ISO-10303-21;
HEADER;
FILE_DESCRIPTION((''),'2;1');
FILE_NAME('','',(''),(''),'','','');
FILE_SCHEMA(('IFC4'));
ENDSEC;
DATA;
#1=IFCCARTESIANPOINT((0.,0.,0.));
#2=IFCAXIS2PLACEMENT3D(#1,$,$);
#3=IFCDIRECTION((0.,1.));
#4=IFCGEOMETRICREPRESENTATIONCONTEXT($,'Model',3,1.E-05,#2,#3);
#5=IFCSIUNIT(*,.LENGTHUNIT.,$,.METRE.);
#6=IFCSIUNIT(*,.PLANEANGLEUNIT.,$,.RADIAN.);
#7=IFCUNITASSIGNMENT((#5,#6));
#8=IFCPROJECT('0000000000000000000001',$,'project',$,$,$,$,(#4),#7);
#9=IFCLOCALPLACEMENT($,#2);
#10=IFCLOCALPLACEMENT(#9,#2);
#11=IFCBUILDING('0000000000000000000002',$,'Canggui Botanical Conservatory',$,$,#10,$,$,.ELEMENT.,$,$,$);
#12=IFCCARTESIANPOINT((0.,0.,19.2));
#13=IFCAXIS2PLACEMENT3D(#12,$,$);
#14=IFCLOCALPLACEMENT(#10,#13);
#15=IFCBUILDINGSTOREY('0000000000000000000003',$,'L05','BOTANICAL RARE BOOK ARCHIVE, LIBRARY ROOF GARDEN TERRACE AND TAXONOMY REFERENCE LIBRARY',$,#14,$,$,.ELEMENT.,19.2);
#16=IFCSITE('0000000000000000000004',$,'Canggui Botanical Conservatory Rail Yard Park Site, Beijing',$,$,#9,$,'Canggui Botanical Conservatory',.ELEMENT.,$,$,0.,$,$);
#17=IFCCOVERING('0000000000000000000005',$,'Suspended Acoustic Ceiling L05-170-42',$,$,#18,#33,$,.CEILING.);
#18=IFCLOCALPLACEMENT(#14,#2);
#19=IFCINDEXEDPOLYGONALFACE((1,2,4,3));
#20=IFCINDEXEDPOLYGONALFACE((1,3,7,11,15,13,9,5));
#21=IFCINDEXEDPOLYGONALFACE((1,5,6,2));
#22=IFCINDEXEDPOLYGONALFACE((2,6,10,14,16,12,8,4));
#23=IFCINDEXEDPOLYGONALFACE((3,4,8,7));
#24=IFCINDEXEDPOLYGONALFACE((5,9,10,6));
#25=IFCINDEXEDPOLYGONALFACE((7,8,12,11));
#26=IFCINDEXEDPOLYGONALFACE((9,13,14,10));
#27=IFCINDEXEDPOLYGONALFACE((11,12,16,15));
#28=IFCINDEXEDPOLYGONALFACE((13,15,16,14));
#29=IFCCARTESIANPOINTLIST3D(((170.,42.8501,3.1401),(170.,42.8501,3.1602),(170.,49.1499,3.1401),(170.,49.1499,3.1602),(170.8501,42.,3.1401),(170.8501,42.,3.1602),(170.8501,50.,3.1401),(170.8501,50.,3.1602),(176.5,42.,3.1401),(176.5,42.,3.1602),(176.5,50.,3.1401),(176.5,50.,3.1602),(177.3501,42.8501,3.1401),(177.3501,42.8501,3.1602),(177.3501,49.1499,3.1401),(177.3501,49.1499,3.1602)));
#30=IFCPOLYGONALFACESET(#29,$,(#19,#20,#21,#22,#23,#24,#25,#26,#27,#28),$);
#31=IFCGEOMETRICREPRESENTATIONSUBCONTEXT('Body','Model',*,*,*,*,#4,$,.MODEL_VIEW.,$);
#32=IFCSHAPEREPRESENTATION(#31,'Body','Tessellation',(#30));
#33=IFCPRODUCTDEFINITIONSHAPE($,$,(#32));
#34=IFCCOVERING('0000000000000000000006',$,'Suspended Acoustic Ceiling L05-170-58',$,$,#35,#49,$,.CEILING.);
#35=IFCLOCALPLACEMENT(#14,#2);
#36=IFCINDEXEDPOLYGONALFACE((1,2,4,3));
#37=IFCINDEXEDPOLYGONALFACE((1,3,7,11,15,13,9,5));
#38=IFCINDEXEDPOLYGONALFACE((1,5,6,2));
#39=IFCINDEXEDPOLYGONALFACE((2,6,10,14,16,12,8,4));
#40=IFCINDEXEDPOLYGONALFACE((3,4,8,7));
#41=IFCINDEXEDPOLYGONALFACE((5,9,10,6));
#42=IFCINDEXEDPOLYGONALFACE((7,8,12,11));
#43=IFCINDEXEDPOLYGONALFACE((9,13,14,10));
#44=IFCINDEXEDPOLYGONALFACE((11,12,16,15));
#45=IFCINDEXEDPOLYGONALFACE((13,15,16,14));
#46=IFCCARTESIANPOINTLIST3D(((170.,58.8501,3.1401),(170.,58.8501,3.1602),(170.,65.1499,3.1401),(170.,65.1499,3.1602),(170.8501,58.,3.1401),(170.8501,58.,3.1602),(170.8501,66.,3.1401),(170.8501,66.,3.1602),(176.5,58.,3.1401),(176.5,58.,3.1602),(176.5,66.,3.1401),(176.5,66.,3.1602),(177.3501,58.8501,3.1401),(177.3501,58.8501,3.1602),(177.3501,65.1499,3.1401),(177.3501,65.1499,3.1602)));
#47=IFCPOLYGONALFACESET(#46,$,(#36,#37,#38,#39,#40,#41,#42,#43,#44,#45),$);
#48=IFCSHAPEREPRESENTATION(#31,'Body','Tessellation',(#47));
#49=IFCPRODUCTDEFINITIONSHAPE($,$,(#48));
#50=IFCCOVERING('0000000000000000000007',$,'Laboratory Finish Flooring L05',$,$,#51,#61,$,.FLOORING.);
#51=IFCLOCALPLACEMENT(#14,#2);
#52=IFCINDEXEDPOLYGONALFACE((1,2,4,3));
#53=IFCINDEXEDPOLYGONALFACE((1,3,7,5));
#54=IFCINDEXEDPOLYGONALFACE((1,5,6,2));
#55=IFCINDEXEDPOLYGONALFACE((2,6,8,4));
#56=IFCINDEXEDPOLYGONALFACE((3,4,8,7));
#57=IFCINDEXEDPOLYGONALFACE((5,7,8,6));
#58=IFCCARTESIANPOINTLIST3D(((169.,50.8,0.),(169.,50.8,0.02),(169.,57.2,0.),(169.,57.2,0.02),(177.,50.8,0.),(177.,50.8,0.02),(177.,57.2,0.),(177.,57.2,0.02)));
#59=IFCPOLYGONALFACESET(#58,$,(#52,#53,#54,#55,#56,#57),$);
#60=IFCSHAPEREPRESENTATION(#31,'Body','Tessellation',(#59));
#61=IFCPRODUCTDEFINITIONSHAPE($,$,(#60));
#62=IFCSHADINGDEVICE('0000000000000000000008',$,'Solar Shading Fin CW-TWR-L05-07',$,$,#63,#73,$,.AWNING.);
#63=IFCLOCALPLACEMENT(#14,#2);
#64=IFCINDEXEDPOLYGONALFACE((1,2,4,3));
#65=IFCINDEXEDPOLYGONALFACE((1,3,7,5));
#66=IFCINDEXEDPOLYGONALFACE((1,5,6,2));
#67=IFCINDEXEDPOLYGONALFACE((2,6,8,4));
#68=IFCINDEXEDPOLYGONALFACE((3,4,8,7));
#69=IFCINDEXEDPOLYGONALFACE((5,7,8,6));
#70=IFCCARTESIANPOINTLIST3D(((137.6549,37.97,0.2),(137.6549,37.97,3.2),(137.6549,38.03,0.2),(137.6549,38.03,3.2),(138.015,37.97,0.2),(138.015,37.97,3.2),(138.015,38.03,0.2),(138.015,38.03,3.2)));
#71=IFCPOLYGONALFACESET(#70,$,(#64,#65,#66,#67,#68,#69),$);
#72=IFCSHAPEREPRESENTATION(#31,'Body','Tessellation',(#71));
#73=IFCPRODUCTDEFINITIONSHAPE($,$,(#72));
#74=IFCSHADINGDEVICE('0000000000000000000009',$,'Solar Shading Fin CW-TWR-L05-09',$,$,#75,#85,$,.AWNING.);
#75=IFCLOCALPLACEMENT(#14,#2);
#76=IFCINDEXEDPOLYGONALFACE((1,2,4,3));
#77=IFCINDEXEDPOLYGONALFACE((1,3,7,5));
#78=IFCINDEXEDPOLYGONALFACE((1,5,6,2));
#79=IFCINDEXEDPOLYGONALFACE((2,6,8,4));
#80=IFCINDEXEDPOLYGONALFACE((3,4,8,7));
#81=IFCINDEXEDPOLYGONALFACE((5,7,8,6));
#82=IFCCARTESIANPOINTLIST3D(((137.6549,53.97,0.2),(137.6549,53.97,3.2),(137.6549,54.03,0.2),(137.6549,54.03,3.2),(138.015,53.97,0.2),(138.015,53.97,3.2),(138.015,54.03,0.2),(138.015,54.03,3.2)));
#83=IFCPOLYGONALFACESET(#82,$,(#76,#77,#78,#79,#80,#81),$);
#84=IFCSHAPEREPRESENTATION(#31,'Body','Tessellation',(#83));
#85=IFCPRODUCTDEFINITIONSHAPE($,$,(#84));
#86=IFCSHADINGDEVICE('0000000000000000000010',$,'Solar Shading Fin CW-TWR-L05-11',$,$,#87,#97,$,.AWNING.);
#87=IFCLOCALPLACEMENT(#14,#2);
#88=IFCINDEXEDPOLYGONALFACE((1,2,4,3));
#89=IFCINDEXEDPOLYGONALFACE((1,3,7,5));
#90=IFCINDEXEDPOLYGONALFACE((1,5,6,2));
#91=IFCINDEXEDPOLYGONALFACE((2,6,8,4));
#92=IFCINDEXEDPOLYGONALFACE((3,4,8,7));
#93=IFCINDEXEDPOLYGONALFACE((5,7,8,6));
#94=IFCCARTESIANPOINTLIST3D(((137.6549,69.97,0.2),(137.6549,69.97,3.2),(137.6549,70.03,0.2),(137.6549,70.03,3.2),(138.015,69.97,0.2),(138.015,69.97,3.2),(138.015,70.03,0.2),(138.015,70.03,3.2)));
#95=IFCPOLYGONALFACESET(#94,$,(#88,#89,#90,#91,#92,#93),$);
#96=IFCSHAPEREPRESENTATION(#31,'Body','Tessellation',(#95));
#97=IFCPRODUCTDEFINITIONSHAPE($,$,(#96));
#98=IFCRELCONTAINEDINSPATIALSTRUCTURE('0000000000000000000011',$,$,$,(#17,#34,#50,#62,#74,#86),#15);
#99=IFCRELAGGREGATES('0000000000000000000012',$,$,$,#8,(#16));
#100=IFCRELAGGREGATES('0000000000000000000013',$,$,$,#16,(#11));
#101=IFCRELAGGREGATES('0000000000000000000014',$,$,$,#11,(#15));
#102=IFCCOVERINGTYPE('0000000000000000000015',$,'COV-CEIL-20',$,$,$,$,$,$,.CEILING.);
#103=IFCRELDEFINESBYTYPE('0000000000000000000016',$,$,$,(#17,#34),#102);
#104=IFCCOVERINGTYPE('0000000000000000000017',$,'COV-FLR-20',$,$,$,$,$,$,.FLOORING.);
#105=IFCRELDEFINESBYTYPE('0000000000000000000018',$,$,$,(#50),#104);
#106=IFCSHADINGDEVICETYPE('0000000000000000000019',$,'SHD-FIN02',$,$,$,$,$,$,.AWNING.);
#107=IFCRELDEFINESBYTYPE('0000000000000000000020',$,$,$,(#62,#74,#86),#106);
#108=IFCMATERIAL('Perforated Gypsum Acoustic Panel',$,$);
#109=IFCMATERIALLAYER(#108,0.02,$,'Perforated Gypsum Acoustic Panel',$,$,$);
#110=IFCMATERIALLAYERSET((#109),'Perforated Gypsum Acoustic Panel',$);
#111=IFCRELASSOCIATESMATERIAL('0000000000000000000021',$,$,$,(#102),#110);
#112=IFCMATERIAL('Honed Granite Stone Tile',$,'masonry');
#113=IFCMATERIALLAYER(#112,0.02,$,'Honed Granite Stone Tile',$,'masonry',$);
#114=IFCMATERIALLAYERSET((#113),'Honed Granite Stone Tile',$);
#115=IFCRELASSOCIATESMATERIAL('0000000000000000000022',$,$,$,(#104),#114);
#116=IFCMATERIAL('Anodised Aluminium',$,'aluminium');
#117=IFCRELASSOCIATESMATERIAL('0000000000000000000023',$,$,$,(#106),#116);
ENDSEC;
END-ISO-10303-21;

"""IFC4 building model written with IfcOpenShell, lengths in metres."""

from ifc_helpers import new_model, si_unit, direction, frame, origin, origin_2d, place, context, subcontext, project, spatial, polyline, rectangle, outline, extrude, material, layer, layer_set, type_object, element, save


model = new_model("IFC4")

# Units and contexts
model_context = context("Model", 3, precision=1e-05, world=origin(), true_north=direction((0.0, 1.0)))
body_context = subcontext(model_context, "Body", "Model", "MODEL_VIEW")
ifc_project = project(units=[si_unit("LENGTHUNIT", "METRE"), si_unit("PLANEANGLEUNIT", "RADIAN")], contexts=[model_context])

# Site, building, storey
site_placement = place(None, origin())
site = spatial("IfcSite", under=ifc_project, at=site_placement, Name="Canggui Botanical Conservatory Rail Yard Park Site, Beijing", LongName="Canggui Botanical Conservatory", CompositionType="ELEMENT", RefElevation=0.0)
building_placement = place(site_placement, origin())
building = spatial("IfcBuilding", under=site, at=building_placement, Name="Canggui Botanical Conservatory", CompositionType="ELEMENT")
storey_placement = place(building_placement, frame((0.0, 0.0, 19.2)))
storey = spatial("IfcBuildingStorey", under=building, at=storey_placement, Name="L05", Description="BOTANICAL RARE BOOK ARCHIVE, LIBRARY ROOF GARDEN TERRACE AND TAXONOMY REFERENCE LIBRARY", CompositionType="ELEMENT", Elevation=19.2)

# Coverings
ifc_material_1 = material(Name="Perforated Gypsum Acoustic Panel")
ifc_layer_1 = layer(ifc_material_1, 0.02, Name="Perforated Gypsum Acoustic Panel")
ifc_layer_set_1 = layer_set([ifc_layer_1], Name="Perforated Gypsum Acoustic Panel")
covering_type_1 = type_object("IfcCoveringType", Name="COV-CEIL-20", PredefinedType="CEILING", material=ifc_layer_set_1)
covering_1_placement = place(storey_placement, frame((0.0, 0.0, 3.1401)))
element("IfcCovering", 1, at=covering_1_placement, inside=storey, type_object=covering_type_1, Name="Suspended Acoustic Ceiling L05-170-42", PredefinedType="CEILING", context=body_context, shape_type="SweptSolid", body=[
    extrude(outline(polyline([(170.8501, 42.0), (176.5, 42.0), (177.3501, 42.8501), (177.3501, 49.1499), (176.5, 50.0), (170.8501, 50.0), (170.0, 49.1499), (170.0, 42.8501), (170.8501, 42.0)])), origin(), (0.0, 0.0, 1.0), 0.02),
])
covering_2_placement = place(storey_placement, frame((0.0, 0.0, 3.1401)))
element("IfcCovering", 2, at=covering_2_placement, inside=storey, type_object=covering_type_1, Name="Suspended Acoustic Ceiling L05-170-58", PredefinedType="CEILING", context=body_context, shape_type="SweptSolid", body=[
    extrude(outline(polyline([(170.8501, 58.0), (176.5, 58.0), (177.3501, 58.8501), (177.3501, 65.1499), (176.5, 66.0), (170.8501, 66.0), (170.0, 65.1499), (170.0, 58.8501), (170.8501, 58.0)])), origin(), (0.0, 0.0, 1.0), 0.02),
])
ifc_material_2 = material(Name="Honed Granite Stone Tile", Category="masonry")
ifc_layer_2 = layer(ifc_material_2, 0.02, Name="Honed Granite Stone Tile", Category="masonry")
ifc_layer_set_2 = layer_set([ifc_layer_2], Name="Honed Granite Stone Tile")
covering_type_2 = type_object("IfcCoveringType", Name="COV-FLR-20", PredefinedType="FLOORING", material=ifc_layer_set_2)
covering_3_placement = place(storey_placement, origin())
element("IfcCovering", 3, at=covering_3_placement, inside=storey, type_object=covering_type_2, Name="Laboratory Finish Flooring L05", PredefinedType="FLOORING", context=body_context, shape_type="SweptSolid", body=[
    extrude(outline(polyline([(169.0, 50.8), (177.0, 50.8), (177.0, 57.2), (169.0, 57.2), (169.0, 50.8)])), origin(), (0.0, 0.0, 1.0), 0.02),
])

# Shading devices
ifc_material_3 = material(Name="Anodised Aluminium", Category="aluminium")
shading_device_type = type_object("IfcShadingDeviceType", Name="SHD-FIN02", PredefinedType="AWNING", material=ifc_material_3)
for number, where, z_axis, x_axis, name in (
    (4, (137.835, 38.0, 0.2), (0.0, 0.0, 1.0), (0.0, 1.0, 0.0), "Solar Shading Fin CW-TWR-L05-07"),
    (5, (137.835, 54.0, 0.2), (0.0, 0.0, 1.0), (0.0, 1.0, 0.0), "Solar Shading Fin CW-TWR-L05-09"),
    (6, (137.835, 70.0, 0.2), (0.0, 0.0, 1.0), (0.0, 1.0, 0.0), "Solar Shading Fin CW-TWR-L05-11"),
):
    element("IfcShadingDevice", number, at=place(storey_placement, frame(where, z_axis=z_axis, x_axis=x_axis)), inside=storey, type_object=shading_device_type, Name=name, PredefinedType="AWNING", context=body_context, shape_type="SweptSolid", body=[
        extrude(rectangle(XDim=0.0601, YDim=0.3601, at=origin_2d()), origin(), (0.0, 0.0, 1.0), 3.0),
    ])

save(model, "model.ifc")
